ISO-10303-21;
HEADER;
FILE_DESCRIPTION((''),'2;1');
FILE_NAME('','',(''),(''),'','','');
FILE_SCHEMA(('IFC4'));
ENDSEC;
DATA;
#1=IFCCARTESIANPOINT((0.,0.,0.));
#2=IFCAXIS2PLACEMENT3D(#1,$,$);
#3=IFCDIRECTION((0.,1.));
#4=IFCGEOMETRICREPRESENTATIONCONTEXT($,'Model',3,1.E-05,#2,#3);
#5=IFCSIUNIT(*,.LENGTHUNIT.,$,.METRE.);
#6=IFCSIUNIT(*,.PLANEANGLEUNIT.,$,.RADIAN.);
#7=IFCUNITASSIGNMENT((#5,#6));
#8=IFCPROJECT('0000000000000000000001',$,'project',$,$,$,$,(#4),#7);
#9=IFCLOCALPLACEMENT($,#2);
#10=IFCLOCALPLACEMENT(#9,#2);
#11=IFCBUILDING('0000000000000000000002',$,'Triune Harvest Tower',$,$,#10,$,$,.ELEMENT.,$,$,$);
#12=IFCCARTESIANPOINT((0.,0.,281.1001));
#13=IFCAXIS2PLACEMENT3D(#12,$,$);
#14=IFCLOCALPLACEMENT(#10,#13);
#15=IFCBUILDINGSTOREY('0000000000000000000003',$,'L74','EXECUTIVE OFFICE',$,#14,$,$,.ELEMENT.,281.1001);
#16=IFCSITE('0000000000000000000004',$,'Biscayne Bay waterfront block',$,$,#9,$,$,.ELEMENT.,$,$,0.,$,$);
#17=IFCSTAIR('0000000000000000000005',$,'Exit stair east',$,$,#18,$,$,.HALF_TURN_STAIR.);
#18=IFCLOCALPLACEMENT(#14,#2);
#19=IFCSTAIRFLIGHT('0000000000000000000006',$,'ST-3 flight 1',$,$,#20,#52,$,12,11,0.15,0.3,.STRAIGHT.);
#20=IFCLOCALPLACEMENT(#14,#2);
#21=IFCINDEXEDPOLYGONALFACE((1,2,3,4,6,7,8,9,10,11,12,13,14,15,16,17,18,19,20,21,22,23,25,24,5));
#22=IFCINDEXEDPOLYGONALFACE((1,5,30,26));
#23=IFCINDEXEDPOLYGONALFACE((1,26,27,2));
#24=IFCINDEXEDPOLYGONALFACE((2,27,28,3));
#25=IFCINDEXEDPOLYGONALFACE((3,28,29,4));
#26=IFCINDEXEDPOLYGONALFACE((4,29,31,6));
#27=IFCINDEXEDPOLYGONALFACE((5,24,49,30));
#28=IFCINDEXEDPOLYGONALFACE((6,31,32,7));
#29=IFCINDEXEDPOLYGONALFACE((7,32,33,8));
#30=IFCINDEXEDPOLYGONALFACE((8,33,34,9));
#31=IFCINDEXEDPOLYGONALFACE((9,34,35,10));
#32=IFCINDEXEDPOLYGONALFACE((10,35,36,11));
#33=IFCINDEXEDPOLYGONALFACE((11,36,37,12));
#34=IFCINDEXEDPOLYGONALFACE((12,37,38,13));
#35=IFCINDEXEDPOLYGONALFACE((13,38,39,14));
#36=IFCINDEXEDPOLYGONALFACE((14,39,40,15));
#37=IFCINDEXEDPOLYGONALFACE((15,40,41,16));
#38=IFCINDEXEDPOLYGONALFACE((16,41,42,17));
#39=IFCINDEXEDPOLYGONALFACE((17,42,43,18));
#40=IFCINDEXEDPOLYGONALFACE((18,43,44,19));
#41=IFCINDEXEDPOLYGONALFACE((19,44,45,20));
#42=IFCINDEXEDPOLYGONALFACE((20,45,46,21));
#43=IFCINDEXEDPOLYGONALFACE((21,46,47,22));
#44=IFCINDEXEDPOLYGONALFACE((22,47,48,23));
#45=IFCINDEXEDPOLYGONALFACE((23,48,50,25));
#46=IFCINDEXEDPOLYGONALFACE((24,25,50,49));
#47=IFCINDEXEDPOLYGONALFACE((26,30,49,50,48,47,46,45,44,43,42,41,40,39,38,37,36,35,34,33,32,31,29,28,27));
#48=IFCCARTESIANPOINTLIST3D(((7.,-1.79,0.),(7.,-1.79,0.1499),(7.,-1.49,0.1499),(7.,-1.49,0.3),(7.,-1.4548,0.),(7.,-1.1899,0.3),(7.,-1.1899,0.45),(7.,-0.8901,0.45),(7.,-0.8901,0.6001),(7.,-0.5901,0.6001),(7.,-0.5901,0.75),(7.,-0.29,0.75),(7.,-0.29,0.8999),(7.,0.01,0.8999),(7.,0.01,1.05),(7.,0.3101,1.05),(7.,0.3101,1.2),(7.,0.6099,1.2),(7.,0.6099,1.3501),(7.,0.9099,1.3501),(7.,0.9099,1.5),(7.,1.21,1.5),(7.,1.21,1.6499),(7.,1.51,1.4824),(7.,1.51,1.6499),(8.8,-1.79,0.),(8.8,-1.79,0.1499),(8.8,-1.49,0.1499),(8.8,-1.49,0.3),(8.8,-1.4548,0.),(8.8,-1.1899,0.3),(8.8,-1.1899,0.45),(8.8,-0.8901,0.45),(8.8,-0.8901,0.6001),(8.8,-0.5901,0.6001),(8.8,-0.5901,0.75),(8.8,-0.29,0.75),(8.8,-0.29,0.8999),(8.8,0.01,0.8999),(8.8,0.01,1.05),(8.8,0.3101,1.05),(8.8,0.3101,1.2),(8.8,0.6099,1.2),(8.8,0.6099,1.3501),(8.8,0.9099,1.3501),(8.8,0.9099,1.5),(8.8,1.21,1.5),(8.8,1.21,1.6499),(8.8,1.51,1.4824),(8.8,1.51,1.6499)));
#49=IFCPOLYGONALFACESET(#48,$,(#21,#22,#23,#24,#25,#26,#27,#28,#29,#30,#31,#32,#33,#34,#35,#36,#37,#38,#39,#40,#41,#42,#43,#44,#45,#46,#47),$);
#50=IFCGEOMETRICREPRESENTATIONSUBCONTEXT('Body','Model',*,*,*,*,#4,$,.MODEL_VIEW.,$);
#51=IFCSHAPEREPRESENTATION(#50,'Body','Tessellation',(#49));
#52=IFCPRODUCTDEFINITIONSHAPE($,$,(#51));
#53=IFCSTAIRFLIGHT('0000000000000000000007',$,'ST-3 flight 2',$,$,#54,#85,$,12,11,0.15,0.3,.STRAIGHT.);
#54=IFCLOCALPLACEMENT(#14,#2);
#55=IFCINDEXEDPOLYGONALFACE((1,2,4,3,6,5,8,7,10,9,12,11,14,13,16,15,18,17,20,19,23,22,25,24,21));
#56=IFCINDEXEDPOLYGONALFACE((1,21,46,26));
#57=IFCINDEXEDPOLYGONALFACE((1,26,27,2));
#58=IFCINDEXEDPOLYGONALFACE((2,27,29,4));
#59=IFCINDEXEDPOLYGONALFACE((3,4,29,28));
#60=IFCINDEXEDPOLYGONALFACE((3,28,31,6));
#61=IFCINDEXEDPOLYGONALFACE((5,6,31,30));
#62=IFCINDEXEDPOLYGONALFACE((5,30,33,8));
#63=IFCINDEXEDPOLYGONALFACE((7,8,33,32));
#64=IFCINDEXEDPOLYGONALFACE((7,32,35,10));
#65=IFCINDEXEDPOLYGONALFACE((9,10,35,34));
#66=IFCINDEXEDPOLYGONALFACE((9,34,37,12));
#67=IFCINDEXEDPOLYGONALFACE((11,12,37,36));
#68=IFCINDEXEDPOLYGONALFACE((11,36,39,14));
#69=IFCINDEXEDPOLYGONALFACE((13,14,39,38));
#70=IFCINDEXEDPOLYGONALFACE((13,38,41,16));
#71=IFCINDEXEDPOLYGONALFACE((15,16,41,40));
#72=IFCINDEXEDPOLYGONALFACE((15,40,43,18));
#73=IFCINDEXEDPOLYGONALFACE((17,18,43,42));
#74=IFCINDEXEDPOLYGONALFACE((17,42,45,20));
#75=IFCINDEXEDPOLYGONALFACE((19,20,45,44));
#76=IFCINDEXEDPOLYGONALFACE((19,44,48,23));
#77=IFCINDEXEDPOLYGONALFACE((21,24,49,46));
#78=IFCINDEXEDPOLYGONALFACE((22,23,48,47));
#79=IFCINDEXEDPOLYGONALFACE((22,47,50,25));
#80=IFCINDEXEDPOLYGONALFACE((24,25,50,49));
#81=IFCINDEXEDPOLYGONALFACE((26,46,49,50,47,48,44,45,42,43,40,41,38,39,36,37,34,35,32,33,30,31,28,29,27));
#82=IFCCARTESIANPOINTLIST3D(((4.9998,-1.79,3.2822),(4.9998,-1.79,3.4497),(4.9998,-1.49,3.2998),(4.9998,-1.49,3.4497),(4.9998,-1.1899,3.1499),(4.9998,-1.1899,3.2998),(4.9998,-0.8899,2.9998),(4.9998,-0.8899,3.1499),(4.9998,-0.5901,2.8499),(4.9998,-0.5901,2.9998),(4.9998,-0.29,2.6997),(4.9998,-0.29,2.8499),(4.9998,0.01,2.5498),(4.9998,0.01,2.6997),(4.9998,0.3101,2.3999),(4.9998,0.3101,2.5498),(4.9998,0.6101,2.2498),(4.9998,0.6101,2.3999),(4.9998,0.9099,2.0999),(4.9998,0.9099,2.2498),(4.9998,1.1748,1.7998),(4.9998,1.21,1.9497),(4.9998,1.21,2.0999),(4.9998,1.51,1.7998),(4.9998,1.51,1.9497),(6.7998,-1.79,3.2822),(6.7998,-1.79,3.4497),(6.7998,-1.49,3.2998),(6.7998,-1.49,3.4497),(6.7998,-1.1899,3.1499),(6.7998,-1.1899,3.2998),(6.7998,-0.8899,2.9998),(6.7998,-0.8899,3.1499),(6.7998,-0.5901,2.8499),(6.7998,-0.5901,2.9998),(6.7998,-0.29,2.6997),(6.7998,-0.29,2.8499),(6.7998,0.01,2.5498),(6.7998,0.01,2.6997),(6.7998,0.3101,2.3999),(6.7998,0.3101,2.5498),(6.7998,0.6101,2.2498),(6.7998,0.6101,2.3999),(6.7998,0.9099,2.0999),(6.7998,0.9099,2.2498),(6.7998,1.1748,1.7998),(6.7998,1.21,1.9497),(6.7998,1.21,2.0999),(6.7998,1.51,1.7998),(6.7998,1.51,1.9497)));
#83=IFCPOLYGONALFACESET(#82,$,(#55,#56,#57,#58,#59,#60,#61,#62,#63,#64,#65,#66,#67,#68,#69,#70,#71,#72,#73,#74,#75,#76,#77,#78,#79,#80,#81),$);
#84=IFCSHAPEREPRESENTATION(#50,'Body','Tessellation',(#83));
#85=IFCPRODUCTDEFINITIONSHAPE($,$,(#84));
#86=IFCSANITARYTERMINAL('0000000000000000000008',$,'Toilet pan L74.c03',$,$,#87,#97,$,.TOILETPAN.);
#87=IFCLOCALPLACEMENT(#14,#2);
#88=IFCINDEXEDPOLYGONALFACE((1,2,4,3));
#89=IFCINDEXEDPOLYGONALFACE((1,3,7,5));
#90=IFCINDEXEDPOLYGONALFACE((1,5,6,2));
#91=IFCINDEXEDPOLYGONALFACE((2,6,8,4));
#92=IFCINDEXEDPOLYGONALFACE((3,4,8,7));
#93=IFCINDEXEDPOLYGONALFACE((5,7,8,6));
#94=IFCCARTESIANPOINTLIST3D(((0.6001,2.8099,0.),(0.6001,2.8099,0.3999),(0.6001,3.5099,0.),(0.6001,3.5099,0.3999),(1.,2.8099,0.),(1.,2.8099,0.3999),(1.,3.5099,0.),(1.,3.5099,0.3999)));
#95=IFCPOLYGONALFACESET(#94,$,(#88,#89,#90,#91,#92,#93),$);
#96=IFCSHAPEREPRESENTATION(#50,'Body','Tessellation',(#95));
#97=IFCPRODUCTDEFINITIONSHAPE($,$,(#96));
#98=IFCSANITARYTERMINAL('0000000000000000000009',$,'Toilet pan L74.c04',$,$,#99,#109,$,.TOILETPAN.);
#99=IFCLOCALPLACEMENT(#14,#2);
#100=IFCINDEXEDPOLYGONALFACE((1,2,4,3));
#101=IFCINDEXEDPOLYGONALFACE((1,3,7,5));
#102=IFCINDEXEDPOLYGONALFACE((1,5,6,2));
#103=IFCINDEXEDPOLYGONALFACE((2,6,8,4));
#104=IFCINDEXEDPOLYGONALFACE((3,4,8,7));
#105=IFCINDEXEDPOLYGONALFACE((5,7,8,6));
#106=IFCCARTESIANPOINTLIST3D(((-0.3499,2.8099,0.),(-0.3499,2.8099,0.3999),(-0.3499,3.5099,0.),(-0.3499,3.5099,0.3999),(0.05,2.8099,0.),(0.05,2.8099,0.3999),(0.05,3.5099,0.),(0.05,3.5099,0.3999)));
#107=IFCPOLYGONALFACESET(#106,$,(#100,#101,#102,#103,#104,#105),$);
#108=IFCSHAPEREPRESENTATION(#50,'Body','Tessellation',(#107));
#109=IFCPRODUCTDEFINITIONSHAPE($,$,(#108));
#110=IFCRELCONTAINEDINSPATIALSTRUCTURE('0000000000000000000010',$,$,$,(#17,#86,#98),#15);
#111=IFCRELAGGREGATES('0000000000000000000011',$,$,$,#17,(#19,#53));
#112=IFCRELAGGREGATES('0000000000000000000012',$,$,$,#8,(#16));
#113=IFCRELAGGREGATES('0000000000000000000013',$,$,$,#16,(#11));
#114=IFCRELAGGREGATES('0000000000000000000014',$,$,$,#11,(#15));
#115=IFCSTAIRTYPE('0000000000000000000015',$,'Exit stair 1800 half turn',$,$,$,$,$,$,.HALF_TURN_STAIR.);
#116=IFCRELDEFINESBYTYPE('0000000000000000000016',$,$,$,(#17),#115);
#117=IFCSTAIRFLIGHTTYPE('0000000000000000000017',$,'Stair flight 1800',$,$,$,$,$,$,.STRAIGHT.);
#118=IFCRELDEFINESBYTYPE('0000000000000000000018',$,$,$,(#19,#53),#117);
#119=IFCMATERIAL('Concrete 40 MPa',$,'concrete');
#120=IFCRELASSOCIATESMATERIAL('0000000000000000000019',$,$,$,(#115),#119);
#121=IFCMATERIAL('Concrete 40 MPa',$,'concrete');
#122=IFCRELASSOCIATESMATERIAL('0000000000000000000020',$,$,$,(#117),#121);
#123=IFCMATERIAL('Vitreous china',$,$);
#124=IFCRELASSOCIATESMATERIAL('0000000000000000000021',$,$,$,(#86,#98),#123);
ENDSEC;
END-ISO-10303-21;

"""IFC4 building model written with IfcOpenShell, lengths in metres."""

from ifc_helpers import new_model, si_unit, direction, frame, origin, origin_2d, place, context, subcontext, project, spatial, polyline, rectangle, outline, extrude, source, transform, mapped, material, type_object, element, aggregate, save


model = new_model("IFC4")

# Units and contexts
model_context = context("Model", 3, precision=1e-05, world=origin(), true_north=direction((0.0, 1.0)))
body_context = subcontext(model_context, "Body", "Model", "MODEL_VIEW")
ifc_project = project(units=[si_unit("LENGTHUNIT", "METRE"), si_unit("PLANEANGLEUNIT", "RADIAN")], contexts=[model_context])

# Site, building, storey
site_placement = place(None, origin())
site = spatial("IfcSite", under=ifc_project, at=site_placement, Name="Biscayne Bay waterfront block", CompositionType="ELEMENT", RefElevation=0.0)
building_placement = place(site_placement, origin())
building = spatial("IfcBuilding", under=site, at=building_placement, Name="Triune Harvest Tower", CompositionType="ELEMENT")
storey_placement = place(building_placement, frame((0.0, 0.0, 281.1001)))
storey = spatial("IfcBuildingStorey", under=building, at=storey_placement, Name="L74", Description="EXECUTIVE OFFICE", CompositionType="ELEMENT", Elevation=281.1001)

# Stair
ifc_material_1 = material(Name="Concrete 40 MPa", Category="concrete")
stair_type = type_object("IfcStairType", Name="Exit stair 1800 half turn", PredefinedType="HALF_TURN_STAIR", material=ifc_material_1)
stair_1_placement = place(storey_placement, origin())
stair_1 = element("IfcStair", 1, at=stair_1_placement, inside=storey, type_object=stair_type, Name="Exit stair east", PredefinedType="HALF_TURN_STAIR")

# Stair flights
ifc_material_2 = material(Name="Concrete 40 MPa", Category="concrete")
stair_flight_type = type_object("IfcStairFlightType", Name="Stair flight 1800", PredefinedType="STRAIGHT", material=ifc_material_2)
shared_shape_1 = source(origin(), body_context, "Body", "SweptSolid", [
    extrude(outline(polyline([(0.0, 0.0), (0.0, 0.1499), (0.3, 0.1499), (0.3, 0.3), (0.6001, 0.3), (0.6001, 0.45), (0.8999, 0.45), (0.8999, 0.6001), (1.2, 0.6001), (1.2, 0.75), (1.5, 0.75), (1.5, 0.8999), (1.8, 0.8999), (1.8, 1.05), (2.1001, 1.05), (2.1001, 1.2), (2.3999, 1.2), (2.3999, 1.3501), (2.7, 1.3501), (2.7, 1.5), (3.0, 1.5), (3.0, 1.6499), (3.3, 1.6499), (3.3, 1.8), (3.3, 1.4824), (0.3352, 0.0), (0.0, 0.0)])), frame((0.0, 0.8999, 0.0), z_axis=(0.0, -1.0, 0.0), x_axis=(1.0, 0.0, 0.0)), (0.0, 0.0, 1.0), 1.8),
])
stair_flight_1_placement = place(storey_placement, frame((7.8999, -1.79, 0.0), z_axis=(0.0, 0.0, 1.0), x_axis=(0.0, 1.0, 0.0)))
stair_flight_1 = element("IfcStairFlight", 2, at=stair_flight_1_placement, type_object=stair_flight_type, Name="ST-3 flight 1", NumberOfRisers=12, NumberOfTreads=11, PredefinedType="STRAIGHT", RiserHeight=0.15, TreadLength=0.3, context=body_context, shape_type="MappedRepresentation", body=[
    mapped(shared_shape_1, transform((0.0, 0.0, 0.0), scale=1.0)),
])
stair_flight_2_placement = place(storey_placement, frame((5.8999, 1.51, 1.7998), z_axis=(0.0, 0.0, 1.0), x_axis=(0.0, -1.0, 0.0)))
stair_flight_2 = element("IfcStairFlight", 3, at=stair_flight_2_placement, type_object=stair_flight_type, Name="ST-3 flight 2", NumberOfRisers=12, NumberOfTreads=11, PredefinedType="STRAIGHT", RiserHeight=0.15, TreadLength=0.3, context=body_context, shape_type="MappedRepresentation", body=[
    mapped(shared_shape_1, transform((0.0, 0.0, 0.0), scale=1.0)),
])
aggregate(stair_1, [stair_flight_1, stair_flight_2])

# Sanitary terminals
ifc_material_3 = material(Name="Vitreous china")
shared_shape_2 = source(origin(), body_context, "Body", "SweptSolid", [
    extrude(rectangle(XDim=0.3999, YDim=0.7, at=origin_2d()), origin(), (0.0, 0.0, 1.0), 0.3999),
])
for number, where, z_axis, x_axis, name in (
    (4, (0.8, 3.1599, 0.0), (0.0, 0.0, 1.0), (-1.0, 0.0, 0.0), "Toilet pan L74.c03"),
    (5, (-0.1499, 3.1599, 0.0), (0.0, 0.0, 1.0), (-1.0, 0.0, 0.0), "Toilet pan L74.c04"),
):
    element("IfcSanitaryTerminal", number, at=place(storey_placement, frame(where, z_axis=z_axis, x_axis=x_axis)), inside=storey, material=ifc_material_3, Name=name, PredefinedType="TOILETPAN", context=body_context, shape_type="MappedRepresentation", body=[
        mapped(shared_shape_2, transform((0.0, 0.0, 0.0), scale=1.0)),
    ])

save(model, "model.ifc")
